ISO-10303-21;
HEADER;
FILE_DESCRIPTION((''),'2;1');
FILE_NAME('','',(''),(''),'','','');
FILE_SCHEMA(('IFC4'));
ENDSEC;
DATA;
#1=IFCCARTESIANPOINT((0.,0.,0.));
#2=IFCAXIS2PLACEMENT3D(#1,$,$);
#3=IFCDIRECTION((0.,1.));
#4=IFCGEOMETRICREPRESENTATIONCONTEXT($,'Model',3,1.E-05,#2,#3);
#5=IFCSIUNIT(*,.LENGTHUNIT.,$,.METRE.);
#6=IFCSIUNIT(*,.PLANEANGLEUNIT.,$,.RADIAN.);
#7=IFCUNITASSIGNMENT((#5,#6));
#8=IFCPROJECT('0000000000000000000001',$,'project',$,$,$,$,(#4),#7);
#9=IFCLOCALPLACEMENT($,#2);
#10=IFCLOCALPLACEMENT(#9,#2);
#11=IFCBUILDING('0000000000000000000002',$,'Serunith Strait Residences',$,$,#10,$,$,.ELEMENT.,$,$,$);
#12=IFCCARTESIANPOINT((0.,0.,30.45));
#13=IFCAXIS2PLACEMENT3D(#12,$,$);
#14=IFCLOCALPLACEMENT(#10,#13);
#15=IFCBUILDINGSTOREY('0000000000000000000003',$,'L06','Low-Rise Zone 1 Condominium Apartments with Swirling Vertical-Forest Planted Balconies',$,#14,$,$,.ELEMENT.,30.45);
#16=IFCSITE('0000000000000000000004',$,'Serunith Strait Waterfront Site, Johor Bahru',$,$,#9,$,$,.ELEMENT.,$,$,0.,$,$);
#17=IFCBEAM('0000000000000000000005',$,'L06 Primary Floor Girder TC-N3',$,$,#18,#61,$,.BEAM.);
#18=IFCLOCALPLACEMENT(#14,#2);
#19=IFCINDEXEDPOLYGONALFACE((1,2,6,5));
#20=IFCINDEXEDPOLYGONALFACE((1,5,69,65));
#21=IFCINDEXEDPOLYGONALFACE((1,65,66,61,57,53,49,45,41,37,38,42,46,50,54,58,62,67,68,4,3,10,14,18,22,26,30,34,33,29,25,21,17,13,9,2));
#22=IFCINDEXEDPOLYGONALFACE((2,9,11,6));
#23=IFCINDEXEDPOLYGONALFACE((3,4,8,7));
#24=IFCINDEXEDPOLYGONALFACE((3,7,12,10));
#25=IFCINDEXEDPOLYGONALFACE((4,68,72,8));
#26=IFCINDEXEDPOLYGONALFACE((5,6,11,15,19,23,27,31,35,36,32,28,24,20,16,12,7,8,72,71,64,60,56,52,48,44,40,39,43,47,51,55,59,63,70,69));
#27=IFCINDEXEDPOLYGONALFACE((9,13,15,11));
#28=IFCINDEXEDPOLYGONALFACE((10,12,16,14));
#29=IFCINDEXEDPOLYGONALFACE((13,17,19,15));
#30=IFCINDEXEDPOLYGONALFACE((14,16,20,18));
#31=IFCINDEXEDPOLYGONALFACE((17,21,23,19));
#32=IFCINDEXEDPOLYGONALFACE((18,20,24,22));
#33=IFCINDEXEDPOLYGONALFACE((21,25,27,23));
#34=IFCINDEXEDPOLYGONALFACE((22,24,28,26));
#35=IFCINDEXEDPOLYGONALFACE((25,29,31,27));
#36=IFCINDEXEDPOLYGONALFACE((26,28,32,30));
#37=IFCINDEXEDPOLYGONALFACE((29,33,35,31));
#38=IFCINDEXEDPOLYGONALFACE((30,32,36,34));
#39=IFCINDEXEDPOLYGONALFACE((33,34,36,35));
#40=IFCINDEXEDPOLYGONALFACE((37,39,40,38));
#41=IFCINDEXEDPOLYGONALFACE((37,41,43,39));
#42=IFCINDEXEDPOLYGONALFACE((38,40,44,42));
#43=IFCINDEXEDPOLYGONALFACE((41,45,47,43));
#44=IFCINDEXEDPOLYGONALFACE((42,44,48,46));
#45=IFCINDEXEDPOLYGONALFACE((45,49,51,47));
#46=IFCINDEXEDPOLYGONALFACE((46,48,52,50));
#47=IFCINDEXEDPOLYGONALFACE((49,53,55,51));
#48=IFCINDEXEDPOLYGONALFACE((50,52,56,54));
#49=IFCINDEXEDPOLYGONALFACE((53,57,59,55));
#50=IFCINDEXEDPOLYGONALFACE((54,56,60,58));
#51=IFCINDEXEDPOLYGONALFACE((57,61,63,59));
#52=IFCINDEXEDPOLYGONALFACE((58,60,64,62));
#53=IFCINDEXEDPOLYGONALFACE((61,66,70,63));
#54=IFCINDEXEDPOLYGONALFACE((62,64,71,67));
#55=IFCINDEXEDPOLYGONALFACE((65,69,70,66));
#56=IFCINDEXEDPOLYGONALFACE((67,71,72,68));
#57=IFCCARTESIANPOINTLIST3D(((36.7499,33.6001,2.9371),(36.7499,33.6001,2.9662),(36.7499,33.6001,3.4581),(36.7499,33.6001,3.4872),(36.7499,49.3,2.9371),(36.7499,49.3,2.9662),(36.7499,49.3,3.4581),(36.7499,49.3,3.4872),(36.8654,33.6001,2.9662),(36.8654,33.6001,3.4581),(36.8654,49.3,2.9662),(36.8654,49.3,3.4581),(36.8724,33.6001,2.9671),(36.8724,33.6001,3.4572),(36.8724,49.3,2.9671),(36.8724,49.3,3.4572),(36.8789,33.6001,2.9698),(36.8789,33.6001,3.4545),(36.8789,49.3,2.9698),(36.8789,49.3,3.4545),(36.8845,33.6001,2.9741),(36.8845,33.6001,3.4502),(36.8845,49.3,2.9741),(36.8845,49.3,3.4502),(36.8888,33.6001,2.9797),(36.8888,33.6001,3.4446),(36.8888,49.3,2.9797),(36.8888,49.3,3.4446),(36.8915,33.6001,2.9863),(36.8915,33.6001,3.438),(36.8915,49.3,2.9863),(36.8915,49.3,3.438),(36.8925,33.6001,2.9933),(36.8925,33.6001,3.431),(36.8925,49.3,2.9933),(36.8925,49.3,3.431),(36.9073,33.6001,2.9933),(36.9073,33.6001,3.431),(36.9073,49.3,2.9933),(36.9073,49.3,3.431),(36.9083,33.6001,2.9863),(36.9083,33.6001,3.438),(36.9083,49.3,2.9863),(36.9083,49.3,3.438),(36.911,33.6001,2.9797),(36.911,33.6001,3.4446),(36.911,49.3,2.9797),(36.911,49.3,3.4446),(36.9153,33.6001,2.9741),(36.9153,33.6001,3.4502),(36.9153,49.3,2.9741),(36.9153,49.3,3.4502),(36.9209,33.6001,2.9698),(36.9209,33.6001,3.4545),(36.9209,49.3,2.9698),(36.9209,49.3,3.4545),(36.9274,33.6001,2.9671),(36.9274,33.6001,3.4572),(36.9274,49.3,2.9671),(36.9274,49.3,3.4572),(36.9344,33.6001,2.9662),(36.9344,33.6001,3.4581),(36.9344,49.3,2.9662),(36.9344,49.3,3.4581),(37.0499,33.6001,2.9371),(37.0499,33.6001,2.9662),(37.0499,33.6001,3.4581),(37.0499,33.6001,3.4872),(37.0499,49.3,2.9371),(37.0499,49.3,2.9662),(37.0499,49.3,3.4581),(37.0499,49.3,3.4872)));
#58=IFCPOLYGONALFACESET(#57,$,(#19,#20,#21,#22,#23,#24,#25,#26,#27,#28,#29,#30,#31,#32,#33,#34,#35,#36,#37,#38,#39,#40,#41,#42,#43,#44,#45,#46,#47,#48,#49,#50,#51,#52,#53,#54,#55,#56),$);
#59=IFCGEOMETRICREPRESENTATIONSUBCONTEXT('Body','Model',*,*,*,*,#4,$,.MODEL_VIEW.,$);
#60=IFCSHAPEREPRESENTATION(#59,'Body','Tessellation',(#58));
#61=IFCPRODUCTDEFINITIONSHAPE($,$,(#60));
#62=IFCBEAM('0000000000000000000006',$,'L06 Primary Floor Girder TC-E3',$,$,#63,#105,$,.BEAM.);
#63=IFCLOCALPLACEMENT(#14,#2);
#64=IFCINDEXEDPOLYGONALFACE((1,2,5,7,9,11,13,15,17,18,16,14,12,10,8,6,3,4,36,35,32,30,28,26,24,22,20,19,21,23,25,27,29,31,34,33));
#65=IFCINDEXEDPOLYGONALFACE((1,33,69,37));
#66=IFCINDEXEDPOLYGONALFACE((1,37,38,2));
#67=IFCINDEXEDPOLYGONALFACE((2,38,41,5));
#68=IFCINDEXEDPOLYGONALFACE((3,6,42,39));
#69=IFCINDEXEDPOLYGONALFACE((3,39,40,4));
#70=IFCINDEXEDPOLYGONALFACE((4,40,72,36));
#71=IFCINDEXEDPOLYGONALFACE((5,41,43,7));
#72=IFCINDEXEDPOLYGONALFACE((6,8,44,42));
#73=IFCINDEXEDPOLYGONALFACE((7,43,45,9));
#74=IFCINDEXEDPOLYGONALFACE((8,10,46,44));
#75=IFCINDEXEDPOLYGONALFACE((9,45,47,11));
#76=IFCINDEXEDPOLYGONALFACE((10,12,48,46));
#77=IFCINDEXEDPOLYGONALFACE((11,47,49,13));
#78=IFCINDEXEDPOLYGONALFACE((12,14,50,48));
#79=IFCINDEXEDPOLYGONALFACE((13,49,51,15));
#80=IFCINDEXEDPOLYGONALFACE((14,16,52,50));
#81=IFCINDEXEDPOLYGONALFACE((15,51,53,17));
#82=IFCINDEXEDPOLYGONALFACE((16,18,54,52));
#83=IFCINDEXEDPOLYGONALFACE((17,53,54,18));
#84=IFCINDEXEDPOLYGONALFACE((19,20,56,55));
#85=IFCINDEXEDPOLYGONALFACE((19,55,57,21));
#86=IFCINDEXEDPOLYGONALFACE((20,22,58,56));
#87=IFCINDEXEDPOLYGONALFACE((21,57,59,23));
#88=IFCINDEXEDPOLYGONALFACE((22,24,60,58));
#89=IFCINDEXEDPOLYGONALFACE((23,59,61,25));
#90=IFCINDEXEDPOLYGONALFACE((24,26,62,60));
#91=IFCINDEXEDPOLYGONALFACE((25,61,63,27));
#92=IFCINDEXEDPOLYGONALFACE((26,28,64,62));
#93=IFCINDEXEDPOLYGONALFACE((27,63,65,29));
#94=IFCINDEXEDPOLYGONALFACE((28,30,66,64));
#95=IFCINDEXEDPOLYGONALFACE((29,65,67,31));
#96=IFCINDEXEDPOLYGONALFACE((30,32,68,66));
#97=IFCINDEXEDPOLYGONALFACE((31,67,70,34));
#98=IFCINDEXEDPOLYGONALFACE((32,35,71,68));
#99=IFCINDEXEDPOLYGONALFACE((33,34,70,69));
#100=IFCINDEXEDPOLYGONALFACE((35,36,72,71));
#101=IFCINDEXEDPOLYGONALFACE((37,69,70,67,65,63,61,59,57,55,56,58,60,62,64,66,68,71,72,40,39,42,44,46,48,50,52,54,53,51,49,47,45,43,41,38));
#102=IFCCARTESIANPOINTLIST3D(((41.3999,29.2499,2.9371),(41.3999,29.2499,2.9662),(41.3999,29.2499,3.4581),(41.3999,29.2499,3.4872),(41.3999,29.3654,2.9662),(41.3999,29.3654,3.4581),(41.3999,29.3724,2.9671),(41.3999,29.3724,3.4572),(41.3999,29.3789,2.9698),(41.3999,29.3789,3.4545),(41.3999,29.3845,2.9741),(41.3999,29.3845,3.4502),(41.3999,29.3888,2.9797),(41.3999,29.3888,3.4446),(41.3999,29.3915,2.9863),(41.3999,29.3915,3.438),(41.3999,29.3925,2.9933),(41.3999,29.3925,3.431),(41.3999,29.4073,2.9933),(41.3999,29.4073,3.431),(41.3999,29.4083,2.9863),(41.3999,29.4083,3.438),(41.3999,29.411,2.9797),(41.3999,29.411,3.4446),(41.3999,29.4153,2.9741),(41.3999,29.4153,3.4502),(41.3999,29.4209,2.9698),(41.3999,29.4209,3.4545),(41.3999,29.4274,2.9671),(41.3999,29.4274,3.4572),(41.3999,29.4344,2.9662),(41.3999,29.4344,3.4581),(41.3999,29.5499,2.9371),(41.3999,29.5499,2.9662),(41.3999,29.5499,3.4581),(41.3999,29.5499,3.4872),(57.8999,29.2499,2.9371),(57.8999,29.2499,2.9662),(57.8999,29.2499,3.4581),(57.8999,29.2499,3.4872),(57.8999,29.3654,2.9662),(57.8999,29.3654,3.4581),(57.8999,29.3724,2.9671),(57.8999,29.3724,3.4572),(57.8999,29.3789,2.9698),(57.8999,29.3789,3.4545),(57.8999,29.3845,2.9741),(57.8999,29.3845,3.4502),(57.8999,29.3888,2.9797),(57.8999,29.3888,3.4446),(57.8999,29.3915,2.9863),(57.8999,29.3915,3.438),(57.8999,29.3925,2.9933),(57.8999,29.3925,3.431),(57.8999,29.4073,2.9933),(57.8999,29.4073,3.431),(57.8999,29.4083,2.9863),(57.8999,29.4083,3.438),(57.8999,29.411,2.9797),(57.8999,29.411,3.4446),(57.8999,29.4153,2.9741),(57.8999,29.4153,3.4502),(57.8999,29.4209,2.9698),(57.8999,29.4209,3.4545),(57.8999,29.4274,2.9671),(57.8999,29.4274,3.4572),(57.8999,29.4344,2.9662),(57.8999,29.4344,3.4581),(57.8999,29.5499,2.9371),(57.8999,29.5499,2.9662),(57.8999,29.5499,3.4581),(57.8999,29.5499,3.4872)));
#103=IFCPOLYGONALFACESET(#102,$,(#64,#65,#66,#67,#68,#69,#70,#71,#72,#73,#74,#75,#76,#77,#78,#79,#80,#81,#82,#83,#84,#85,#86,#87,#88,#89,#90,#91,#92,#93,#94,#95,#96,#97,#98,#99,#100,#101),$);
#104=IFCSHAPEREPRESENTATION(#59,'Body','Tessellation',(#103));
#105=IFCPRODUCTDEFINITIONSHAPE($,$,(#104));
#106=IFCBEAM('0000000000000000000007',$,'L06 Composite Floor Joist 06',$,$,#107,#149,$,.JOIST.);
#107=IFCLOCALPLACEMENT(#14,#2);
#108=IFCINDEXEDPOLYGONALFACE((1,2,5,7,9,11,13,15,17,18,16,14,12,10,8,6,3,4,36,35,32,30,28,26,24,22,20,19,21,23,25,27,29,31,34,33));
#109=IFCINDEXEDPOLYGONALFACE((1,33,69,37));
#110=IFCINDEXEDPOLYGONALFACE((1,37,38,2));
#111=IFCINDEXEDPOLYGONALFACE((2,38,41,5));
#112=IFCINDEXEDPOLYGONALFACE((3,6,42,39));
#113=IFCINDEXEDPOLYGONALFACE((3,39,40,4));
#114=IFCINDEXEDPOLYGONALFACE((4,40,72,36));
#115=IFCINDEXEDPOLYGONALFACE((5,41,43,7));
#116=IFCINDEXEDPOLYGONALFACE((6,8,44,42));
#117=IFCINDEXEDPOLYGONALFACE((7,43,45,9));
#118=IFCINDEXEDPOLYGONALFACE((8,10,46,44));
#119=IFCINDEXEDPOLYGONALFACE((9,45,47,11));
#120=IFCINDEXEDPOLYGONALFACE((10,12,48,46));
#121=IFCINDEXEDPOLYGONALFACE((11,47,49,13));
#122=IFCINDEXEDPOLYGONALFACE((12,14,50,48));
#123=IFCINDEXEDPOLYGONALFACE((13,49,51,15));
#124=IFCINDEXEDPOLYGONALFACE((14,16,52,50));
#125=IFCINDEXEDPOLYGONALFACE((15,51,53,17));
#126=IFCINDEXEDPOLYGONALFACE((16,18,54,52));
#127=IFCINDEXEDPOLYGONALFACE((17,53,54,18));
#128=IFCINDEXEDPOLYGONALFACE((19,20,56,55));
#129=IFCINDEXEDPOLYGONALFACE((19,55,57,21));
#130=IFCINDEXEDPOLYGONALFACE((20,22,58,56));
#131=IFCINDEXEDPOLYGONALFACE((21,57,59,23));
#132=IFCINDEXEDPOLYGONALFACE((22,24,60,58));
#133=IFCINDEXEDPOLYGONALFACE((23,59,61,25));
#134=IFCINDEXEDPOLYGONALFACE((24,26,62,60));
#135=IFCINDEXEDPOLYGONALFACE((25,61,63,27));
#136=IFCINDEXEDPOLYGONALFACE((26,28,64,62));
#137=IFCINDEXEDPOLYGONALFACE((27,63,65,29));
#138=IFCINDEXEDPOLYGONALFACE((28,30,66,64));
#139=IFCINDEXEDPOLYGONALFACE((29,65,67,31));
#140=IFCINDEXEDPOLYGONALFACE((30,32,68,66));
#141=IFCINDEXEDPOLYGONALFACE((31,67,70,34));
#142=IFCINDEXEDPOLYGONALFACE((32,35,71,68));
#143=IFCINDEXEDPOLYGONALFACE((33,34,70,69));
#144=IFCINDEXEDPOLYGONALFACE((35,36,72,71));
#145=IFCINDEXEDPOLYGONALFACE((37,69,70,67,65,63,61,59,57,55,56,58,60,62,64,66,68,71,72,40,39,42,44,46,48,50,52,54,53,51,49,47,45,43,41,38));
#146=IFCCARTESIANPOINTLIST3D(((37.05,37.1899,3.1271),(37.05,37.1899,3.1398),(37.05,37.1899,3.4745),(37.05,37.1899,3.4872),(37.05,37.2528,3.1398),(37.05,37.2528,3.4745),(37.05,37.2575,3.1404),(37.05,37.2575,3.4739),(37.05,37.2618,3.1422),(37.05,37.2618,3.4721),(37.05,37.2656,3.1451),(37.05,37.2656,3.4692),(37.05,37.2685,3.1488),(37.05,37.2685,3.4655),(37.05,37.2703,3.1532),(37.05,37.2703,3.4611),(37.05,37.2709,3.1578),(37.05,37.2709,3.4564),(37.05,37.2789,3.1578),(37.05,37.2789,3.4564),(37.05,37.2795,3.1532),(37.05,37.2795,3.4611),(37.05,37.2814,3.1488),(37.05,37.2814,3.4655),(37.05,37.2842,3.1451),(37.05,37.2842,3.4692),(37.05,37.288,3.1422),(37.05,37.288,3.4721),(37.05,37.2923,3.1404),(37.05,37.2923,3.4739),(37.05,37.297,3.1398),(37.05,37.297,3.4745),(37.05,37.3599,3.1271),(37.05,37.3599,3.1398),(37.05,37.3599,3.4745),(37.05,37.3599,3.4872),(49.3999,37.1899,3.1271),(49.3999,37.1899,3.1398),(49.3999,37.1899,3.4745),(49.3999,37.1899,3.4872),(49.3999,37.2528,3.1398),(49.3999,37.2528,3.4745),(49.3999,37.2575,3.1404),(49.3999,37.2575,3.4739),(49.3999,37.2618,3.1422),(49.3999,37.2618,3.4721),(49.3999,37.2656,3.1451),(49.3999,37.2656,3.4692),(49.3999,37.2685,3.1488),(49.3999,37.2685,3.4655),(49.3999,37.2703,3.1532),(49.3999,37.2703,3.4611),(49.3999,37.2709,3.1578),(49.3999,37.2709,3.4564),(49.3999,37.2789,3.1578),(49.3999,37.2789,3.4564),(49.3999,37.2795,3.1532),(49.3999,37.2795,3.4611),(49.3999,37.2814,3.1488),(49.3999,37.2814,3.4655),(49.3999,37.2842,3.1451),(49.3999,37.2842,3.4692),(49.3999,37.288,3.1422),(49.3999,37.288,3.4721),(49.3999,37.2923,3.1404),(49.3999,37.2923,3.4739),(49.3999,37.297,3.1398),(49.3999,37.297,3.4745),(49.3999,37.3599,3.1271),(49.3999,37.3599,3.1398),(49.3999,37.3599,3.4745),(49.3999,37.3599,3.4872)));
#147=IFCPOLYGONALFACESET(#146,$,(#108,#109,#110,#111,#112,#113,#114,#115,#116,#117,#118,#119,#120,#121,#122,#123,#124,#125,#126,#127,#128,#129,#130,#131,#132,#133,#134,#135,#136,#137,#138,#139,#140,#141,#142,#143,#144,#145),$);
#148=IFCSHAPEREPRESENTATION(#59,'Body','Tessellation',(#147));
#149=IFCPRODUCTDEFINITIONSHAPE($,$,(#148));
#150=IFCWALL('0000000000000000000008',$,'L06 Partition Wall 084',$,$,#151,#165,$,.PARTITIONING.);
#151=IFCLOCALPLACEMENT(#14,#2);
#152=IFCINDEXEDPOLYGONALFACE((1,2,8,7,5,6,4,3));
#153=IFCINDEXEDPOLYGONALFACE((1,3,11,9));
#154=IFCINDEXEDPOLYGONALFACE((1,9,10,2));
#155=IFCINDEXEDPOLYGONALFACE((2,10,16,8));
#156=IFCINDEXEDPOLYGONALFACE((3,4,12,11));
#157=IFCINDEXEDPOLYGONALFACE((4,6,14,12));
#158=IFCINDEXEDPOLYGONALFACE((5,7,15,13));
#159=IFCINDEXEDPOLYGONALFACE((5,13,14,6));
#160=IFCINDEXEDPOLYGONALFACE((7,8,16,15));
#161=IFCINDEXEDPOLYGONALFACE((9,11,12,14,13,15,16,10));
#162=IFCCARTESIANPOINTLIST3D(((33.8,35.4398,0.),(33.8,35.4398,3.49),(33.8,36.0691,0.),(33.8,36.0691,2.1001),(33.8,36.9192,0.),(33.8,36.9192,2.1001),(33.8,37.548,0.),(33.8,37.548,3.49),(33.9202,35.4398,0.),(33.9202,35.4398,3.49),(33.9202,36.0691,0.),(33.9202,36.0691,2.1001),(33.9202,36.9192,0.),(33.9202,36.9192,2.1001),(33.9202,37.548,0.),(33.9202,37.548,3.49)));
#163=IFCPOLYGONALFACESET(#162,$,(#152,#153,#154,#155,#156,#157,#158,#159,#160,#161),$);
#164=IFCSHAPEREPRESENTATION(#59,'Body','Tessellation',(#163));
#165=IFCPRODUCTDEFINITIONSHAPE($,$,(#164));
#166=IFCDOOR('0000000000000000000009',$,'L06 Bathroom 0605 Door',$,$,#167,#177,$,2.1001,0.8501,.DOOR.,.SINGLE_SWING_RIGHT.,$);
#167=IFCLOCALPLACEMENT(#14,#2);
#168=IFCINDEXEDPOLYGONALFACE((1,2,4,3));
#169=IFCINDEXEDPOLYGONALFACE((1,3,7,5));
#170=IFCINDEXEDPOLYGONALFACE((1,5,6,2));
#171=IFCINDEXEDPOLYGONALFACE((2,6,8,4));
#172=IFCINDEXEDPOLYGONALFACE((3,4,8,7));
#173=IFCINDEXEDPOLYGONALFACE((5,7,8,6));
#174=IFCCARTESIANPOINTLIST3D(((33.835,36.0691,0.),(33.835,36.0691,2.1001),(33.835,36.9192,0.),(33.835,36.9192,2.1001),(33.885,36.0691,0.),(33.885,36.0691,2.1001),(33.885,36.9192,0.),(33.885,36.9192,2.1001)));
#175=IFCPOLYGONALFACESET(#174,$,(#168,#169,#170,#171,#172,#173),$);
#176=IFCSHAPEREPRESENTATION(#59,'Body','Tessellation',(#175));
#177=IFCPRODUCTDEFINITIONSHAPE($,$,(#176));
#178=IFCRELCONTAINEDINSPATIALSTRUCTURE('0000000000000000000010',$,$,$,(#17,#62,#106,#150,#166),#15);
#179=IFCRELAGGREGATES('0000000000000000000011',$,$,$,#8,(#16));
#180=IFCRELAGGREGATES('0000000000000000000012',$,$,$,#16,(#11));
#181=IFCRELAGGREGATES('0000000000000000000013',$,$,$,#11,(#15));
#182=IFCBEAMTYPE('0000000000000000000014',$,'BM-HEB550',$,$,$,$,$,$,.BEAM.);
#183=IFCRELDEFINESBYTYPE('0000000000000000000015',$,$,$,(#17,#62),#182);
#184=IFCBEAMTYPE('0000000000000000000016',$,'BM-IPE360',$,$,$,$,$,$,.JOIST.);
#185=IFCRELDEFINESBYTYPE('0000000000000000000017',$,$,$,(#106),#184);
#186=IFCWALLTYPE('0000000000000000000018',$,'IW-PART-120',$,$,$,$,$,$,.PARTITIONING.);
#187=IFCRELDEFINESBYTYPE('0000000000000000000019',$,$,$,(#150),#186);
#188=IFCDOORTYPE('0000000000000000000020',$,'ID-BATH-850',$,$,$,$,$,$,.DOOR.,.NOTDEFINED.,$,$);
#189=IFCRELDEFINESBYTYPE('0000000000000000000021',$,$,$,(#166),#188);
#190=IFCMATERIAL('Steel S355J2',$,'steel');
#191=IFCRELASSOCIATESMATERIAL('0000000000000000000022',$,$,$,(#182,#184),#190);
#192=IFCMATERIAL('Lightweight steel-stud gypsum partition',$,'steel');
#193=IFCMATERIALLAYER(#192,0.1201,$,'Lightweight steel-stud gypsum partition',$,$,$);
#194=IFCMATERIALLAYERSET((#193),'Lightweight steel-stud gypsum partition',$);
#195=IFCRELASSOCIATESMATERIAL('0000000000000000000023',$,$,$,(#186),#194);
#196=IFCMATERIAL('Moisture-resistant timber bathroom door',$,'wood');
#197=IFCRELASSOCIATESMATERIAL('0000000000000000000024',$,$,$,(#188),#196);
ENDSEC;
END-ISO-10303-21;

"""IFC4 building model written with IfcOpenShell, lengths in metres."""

from ifc_helpers import new_model, si_unit, direction, frame, frame_2d, origin, origin_2d, place, context, subcontext, project, spatial, rectangle, i_section, extrude, source, transform, mapped, material, layer, layer_set, material_profile, profile_set, type_object, element, fill, save


model = new_model("IFC4")

# Units and contexts
model_context = context("Model", 3, precision=1e-05, world=origin(), true_north=direction((0.0, 1.0)))
body_context = subcontext(model_context, "Body", "Model", "MODEL_VIEW")
ifc_project = project(units=[si_unit("LENGTHUNIT", "METRE"), si_unit("PLANEANGLEUNIT", "RADIAN")], contexts=[model_context])

# Site, building, storey
site_placement = place(None, origin())
site = spatial("IfcSite", under=ifc_project, at=site_placement, Name="Serunith Strait Waterfront Site, Johor Bahru", CompositionType="ELEMENT", RefElevation=0.0)
building_placement = place(site_placement, origin())
building = spatial("IfcBuilding", under=site, at=building_placement, Name="Serunith Strait Residences", CompositionType="ELEMENT")
storey_placement = place(building_placement, frame((0.0, 0.0, 30.45)))
storey = spatial("IfcBuildingStorey", under=building, at=storey_placement, Name="L06", Description="Low-Rise Zone 1 Condominium Apartments with Swirling Vertical-Forest Planted Balconies", CompositionType="ELEMENT", Elevation=30.45)

# Beams
ifc_material_1 = material(Name="Steel S355J2", Category="steel")
ifc_material_profile_1 = material_profile(ifc_material_1, i_section(OverallWidth=0.3, OverallDepth=0.55, WebThickness=0.0149, FlangeThickness=0.0291, FilletRadius=0.0271, at=origin_2d()), Name="HEB 550")
ifc_profile_set_1 = profile_set([ifc_material_profile_1], Name="Steel S355J2")
beam_type_1 = type_object("IfcBeamType", Name="BM-HEB550", PredefinedType="BEAM", material=ifc_profile_set_1)
shared_shape_1 = source(origin(), body_context, "Body", "SweptSolid", [
    extrude(i_section(OverallWidth=0.3, OverallDepth=0.55, WebThickness=0.0149, FlangeThickness=0.0291, FilletRadius=0.0271, at=origin_2d()), origin(), (0.0, 0.0, 1.0), 15.7),
])
beam_1_placement = place(storey_placement, frame((36.8999, 33.6001, 3.2122), z_axis=(0.0, 1.0, 0.0), x_axis=(-1.0, 0.0, 0.0)))
element("IfcBeam", 1, at=beam_1_placement, inside=storey, type_object=beam_type_1, Name="L06 Primary Floor Girder TC-N3", PredefinedType="BEAM", context=body_context, shape_type="MappedRepresentation", body=[
    mapped(shared_shape_1, transform((0.0, 0.0, 0.0), scale=1.0)),
])
shared_shape_2 = source(origin(), body_context, "Body", "SweptSolid", [
    extrude(i_section(OverallWidth=0.3, OverallDepth=0.55, WebThickness=0.0149, FlangeThickness=0.0291, FilletRadius=0.0271, at=origin_2d()), origin(), (0.0, 0.0, 1.0), 16.5),
])
beam_2_placement = place(storey_placement, frame((41.3999, 29.3999, 3.2122), z_axis=(1.0, 0.0, 0.0), x_axis=(0.0, 1.0, 0.0)))
element("IfcBeam", 2, at=beam_2_placement, inside=storey, type_object=beam_type_1, Name="L06 Primary Floor Girder TC-E3", PredefinedType="BEAM", context=body_context, shape_type="MappedRepresentation", body=[
    mapped(shared_shape_2, transform((0.0, 0.0, 0.0), scale=1.0)),
])
ifc_material_profile_2 = material_profile(ifc_material_1, i_section(OverallWidth=0.1699, OverallDepth=0.3601, WebThickness=0.0081, FlangeThickness=0.0127, FilletRadius=0.0181, at=origin_2d()), Name="IPE 360")
ifc_profile_set_2 = profile_set([ifc_material_profile_2], Name="Steel S355J2")
beam_type_2 = type_object("IfcBeamType", Name="BM-IPE360", PredefinedType="JOIST", material=ifc_profile_set_2)
shared_shape_3 = source(origin(), body_context, "Body", "SweptSolid", [
    extrude(i_section(OverallWidth=0.1699, OverallDepth=0.3601, WebThickness=0.0081, FlangeThickness=0.0127, FilletRadius=0.0181, at=origin_2d()), origin(), (0.0, 0.0, 1.0), 12.3499),
])
beam_3_placement = place(storey_placement, frame((37.05, 37.2749, 3.3071), z_axis=(1.0, 0.0, 0.0), x_axis=(0.0, 1.0, 0.0)))
element("IfcBeam", 3, at=beam_3_placement, inside=storey, type_object=beam_type_2, Name="L06 Composite Floor Joist 06", PredefinedType="JOIST", context=body_context, shape_type="MappedRepresentation", body=[
    mapped(shared_shape_3, transform((0.0, 0.0, 0.0), scale=1.0)),
])

# Wall, opening, door
ifc_material_2 = material(Name="Lightweight steel-stud gypsum partition", Category="steel")
ifc_layer_1 = layer(ifc_material_2, 0.1201, Name="Lightweight steel-stud gypsum partition")
ifc_layer_set_1 = layer_set([ifc_layer_1], Name="Lightweight steel-stud gypsum partition")
wall_type_1 = type_object("IfcWallType", Name="IW-PART-120", PredefinedType="PARTITIONING", material=ifc_layer_set_1)
wall_1_placement = place(storey_placement, frame((33.8601, 37.5481, 0.0), z_axis=(0.0, 0.0, 1.0), x_axis=(0.0, -1.0, 0.0)))
wall_1 = element("IfcWall", 4, at=wall_1_placement, inside=storey, type_object=wall_type_1, Name="L06 Partition Wall 084", PredefinedType="PARTITIONING", context=body_context, shape_type="SweptSolid", body=[
    extrude(rectangle(XDim=2.1082, YDim=0.1201, at=frame_2d((1.0542, 0.0))), origin(), (0.0, 0.0, 1.0), 3.49),
])
opening_1_placement = place(wall_1_placement, frame((0.6289, 0.0, 0.0)))
opening_1 = element("IfcOpeningElement", 5, at=opening_1_placement, cuts=wall_1, PredefinedType="OPENING", context=body_context, shape_type="SweptSolid", body=[
    extrude(rectangle(XDim=0.8501, YDim=2.1001, at=frame_2d((0.425, 1.05))), frame((0.0, 0.0701, 0.0), z_axis=(0.0, -1.0, 0.0), x_axis=(1.0, 0.0, 0.0)), (0.0, 0.0, 1.0), 0.1401),
])
ifc_material_3 = material(Name="Moisture-resistant timber bathroom door", Category="wood")
door_type_1 = type_object("IfcDoorType", Name="ID-BATH-850", OperationType="NOTDEFINED", PredefinedType="DOOR", material=ifc_material_3)
shared_shape_4 = source(origin(), body_context, "Body", "SweptSolid", [
    extrude(rectangle(XDim=0.8501, YDim=2.1001, at=frame_2d((0.425, 1.05))), frame((0.0, 0.0249, 0.0), z_axis=(0.0, -1.0, 0.0), x_axis=(1.0, 0.0, 0.0)), (0.0, 0.0, 1.0), 0.05),
])
door_1_placement = place(opening_1_placement, origin())
door_1 = element("IfcDoor", 6, at=door_1_placement, inside=storey, type_object=door_type_1, Name="L06 Bathroom 0605 Door", OperationType="SINGLE_SWING_RIGHT", OverallHeight=2.1001, OverallWidth=0.8501, PredefinedType="DOOR", context=body_context, shape_type="MappedRepresentation", body=[
    mapped(shared_shape_4, transform((0.0, 0.0, 0.0), scale=1.0)),
])
fill(opening_1, door_1)

save(model, "model.ifc")
